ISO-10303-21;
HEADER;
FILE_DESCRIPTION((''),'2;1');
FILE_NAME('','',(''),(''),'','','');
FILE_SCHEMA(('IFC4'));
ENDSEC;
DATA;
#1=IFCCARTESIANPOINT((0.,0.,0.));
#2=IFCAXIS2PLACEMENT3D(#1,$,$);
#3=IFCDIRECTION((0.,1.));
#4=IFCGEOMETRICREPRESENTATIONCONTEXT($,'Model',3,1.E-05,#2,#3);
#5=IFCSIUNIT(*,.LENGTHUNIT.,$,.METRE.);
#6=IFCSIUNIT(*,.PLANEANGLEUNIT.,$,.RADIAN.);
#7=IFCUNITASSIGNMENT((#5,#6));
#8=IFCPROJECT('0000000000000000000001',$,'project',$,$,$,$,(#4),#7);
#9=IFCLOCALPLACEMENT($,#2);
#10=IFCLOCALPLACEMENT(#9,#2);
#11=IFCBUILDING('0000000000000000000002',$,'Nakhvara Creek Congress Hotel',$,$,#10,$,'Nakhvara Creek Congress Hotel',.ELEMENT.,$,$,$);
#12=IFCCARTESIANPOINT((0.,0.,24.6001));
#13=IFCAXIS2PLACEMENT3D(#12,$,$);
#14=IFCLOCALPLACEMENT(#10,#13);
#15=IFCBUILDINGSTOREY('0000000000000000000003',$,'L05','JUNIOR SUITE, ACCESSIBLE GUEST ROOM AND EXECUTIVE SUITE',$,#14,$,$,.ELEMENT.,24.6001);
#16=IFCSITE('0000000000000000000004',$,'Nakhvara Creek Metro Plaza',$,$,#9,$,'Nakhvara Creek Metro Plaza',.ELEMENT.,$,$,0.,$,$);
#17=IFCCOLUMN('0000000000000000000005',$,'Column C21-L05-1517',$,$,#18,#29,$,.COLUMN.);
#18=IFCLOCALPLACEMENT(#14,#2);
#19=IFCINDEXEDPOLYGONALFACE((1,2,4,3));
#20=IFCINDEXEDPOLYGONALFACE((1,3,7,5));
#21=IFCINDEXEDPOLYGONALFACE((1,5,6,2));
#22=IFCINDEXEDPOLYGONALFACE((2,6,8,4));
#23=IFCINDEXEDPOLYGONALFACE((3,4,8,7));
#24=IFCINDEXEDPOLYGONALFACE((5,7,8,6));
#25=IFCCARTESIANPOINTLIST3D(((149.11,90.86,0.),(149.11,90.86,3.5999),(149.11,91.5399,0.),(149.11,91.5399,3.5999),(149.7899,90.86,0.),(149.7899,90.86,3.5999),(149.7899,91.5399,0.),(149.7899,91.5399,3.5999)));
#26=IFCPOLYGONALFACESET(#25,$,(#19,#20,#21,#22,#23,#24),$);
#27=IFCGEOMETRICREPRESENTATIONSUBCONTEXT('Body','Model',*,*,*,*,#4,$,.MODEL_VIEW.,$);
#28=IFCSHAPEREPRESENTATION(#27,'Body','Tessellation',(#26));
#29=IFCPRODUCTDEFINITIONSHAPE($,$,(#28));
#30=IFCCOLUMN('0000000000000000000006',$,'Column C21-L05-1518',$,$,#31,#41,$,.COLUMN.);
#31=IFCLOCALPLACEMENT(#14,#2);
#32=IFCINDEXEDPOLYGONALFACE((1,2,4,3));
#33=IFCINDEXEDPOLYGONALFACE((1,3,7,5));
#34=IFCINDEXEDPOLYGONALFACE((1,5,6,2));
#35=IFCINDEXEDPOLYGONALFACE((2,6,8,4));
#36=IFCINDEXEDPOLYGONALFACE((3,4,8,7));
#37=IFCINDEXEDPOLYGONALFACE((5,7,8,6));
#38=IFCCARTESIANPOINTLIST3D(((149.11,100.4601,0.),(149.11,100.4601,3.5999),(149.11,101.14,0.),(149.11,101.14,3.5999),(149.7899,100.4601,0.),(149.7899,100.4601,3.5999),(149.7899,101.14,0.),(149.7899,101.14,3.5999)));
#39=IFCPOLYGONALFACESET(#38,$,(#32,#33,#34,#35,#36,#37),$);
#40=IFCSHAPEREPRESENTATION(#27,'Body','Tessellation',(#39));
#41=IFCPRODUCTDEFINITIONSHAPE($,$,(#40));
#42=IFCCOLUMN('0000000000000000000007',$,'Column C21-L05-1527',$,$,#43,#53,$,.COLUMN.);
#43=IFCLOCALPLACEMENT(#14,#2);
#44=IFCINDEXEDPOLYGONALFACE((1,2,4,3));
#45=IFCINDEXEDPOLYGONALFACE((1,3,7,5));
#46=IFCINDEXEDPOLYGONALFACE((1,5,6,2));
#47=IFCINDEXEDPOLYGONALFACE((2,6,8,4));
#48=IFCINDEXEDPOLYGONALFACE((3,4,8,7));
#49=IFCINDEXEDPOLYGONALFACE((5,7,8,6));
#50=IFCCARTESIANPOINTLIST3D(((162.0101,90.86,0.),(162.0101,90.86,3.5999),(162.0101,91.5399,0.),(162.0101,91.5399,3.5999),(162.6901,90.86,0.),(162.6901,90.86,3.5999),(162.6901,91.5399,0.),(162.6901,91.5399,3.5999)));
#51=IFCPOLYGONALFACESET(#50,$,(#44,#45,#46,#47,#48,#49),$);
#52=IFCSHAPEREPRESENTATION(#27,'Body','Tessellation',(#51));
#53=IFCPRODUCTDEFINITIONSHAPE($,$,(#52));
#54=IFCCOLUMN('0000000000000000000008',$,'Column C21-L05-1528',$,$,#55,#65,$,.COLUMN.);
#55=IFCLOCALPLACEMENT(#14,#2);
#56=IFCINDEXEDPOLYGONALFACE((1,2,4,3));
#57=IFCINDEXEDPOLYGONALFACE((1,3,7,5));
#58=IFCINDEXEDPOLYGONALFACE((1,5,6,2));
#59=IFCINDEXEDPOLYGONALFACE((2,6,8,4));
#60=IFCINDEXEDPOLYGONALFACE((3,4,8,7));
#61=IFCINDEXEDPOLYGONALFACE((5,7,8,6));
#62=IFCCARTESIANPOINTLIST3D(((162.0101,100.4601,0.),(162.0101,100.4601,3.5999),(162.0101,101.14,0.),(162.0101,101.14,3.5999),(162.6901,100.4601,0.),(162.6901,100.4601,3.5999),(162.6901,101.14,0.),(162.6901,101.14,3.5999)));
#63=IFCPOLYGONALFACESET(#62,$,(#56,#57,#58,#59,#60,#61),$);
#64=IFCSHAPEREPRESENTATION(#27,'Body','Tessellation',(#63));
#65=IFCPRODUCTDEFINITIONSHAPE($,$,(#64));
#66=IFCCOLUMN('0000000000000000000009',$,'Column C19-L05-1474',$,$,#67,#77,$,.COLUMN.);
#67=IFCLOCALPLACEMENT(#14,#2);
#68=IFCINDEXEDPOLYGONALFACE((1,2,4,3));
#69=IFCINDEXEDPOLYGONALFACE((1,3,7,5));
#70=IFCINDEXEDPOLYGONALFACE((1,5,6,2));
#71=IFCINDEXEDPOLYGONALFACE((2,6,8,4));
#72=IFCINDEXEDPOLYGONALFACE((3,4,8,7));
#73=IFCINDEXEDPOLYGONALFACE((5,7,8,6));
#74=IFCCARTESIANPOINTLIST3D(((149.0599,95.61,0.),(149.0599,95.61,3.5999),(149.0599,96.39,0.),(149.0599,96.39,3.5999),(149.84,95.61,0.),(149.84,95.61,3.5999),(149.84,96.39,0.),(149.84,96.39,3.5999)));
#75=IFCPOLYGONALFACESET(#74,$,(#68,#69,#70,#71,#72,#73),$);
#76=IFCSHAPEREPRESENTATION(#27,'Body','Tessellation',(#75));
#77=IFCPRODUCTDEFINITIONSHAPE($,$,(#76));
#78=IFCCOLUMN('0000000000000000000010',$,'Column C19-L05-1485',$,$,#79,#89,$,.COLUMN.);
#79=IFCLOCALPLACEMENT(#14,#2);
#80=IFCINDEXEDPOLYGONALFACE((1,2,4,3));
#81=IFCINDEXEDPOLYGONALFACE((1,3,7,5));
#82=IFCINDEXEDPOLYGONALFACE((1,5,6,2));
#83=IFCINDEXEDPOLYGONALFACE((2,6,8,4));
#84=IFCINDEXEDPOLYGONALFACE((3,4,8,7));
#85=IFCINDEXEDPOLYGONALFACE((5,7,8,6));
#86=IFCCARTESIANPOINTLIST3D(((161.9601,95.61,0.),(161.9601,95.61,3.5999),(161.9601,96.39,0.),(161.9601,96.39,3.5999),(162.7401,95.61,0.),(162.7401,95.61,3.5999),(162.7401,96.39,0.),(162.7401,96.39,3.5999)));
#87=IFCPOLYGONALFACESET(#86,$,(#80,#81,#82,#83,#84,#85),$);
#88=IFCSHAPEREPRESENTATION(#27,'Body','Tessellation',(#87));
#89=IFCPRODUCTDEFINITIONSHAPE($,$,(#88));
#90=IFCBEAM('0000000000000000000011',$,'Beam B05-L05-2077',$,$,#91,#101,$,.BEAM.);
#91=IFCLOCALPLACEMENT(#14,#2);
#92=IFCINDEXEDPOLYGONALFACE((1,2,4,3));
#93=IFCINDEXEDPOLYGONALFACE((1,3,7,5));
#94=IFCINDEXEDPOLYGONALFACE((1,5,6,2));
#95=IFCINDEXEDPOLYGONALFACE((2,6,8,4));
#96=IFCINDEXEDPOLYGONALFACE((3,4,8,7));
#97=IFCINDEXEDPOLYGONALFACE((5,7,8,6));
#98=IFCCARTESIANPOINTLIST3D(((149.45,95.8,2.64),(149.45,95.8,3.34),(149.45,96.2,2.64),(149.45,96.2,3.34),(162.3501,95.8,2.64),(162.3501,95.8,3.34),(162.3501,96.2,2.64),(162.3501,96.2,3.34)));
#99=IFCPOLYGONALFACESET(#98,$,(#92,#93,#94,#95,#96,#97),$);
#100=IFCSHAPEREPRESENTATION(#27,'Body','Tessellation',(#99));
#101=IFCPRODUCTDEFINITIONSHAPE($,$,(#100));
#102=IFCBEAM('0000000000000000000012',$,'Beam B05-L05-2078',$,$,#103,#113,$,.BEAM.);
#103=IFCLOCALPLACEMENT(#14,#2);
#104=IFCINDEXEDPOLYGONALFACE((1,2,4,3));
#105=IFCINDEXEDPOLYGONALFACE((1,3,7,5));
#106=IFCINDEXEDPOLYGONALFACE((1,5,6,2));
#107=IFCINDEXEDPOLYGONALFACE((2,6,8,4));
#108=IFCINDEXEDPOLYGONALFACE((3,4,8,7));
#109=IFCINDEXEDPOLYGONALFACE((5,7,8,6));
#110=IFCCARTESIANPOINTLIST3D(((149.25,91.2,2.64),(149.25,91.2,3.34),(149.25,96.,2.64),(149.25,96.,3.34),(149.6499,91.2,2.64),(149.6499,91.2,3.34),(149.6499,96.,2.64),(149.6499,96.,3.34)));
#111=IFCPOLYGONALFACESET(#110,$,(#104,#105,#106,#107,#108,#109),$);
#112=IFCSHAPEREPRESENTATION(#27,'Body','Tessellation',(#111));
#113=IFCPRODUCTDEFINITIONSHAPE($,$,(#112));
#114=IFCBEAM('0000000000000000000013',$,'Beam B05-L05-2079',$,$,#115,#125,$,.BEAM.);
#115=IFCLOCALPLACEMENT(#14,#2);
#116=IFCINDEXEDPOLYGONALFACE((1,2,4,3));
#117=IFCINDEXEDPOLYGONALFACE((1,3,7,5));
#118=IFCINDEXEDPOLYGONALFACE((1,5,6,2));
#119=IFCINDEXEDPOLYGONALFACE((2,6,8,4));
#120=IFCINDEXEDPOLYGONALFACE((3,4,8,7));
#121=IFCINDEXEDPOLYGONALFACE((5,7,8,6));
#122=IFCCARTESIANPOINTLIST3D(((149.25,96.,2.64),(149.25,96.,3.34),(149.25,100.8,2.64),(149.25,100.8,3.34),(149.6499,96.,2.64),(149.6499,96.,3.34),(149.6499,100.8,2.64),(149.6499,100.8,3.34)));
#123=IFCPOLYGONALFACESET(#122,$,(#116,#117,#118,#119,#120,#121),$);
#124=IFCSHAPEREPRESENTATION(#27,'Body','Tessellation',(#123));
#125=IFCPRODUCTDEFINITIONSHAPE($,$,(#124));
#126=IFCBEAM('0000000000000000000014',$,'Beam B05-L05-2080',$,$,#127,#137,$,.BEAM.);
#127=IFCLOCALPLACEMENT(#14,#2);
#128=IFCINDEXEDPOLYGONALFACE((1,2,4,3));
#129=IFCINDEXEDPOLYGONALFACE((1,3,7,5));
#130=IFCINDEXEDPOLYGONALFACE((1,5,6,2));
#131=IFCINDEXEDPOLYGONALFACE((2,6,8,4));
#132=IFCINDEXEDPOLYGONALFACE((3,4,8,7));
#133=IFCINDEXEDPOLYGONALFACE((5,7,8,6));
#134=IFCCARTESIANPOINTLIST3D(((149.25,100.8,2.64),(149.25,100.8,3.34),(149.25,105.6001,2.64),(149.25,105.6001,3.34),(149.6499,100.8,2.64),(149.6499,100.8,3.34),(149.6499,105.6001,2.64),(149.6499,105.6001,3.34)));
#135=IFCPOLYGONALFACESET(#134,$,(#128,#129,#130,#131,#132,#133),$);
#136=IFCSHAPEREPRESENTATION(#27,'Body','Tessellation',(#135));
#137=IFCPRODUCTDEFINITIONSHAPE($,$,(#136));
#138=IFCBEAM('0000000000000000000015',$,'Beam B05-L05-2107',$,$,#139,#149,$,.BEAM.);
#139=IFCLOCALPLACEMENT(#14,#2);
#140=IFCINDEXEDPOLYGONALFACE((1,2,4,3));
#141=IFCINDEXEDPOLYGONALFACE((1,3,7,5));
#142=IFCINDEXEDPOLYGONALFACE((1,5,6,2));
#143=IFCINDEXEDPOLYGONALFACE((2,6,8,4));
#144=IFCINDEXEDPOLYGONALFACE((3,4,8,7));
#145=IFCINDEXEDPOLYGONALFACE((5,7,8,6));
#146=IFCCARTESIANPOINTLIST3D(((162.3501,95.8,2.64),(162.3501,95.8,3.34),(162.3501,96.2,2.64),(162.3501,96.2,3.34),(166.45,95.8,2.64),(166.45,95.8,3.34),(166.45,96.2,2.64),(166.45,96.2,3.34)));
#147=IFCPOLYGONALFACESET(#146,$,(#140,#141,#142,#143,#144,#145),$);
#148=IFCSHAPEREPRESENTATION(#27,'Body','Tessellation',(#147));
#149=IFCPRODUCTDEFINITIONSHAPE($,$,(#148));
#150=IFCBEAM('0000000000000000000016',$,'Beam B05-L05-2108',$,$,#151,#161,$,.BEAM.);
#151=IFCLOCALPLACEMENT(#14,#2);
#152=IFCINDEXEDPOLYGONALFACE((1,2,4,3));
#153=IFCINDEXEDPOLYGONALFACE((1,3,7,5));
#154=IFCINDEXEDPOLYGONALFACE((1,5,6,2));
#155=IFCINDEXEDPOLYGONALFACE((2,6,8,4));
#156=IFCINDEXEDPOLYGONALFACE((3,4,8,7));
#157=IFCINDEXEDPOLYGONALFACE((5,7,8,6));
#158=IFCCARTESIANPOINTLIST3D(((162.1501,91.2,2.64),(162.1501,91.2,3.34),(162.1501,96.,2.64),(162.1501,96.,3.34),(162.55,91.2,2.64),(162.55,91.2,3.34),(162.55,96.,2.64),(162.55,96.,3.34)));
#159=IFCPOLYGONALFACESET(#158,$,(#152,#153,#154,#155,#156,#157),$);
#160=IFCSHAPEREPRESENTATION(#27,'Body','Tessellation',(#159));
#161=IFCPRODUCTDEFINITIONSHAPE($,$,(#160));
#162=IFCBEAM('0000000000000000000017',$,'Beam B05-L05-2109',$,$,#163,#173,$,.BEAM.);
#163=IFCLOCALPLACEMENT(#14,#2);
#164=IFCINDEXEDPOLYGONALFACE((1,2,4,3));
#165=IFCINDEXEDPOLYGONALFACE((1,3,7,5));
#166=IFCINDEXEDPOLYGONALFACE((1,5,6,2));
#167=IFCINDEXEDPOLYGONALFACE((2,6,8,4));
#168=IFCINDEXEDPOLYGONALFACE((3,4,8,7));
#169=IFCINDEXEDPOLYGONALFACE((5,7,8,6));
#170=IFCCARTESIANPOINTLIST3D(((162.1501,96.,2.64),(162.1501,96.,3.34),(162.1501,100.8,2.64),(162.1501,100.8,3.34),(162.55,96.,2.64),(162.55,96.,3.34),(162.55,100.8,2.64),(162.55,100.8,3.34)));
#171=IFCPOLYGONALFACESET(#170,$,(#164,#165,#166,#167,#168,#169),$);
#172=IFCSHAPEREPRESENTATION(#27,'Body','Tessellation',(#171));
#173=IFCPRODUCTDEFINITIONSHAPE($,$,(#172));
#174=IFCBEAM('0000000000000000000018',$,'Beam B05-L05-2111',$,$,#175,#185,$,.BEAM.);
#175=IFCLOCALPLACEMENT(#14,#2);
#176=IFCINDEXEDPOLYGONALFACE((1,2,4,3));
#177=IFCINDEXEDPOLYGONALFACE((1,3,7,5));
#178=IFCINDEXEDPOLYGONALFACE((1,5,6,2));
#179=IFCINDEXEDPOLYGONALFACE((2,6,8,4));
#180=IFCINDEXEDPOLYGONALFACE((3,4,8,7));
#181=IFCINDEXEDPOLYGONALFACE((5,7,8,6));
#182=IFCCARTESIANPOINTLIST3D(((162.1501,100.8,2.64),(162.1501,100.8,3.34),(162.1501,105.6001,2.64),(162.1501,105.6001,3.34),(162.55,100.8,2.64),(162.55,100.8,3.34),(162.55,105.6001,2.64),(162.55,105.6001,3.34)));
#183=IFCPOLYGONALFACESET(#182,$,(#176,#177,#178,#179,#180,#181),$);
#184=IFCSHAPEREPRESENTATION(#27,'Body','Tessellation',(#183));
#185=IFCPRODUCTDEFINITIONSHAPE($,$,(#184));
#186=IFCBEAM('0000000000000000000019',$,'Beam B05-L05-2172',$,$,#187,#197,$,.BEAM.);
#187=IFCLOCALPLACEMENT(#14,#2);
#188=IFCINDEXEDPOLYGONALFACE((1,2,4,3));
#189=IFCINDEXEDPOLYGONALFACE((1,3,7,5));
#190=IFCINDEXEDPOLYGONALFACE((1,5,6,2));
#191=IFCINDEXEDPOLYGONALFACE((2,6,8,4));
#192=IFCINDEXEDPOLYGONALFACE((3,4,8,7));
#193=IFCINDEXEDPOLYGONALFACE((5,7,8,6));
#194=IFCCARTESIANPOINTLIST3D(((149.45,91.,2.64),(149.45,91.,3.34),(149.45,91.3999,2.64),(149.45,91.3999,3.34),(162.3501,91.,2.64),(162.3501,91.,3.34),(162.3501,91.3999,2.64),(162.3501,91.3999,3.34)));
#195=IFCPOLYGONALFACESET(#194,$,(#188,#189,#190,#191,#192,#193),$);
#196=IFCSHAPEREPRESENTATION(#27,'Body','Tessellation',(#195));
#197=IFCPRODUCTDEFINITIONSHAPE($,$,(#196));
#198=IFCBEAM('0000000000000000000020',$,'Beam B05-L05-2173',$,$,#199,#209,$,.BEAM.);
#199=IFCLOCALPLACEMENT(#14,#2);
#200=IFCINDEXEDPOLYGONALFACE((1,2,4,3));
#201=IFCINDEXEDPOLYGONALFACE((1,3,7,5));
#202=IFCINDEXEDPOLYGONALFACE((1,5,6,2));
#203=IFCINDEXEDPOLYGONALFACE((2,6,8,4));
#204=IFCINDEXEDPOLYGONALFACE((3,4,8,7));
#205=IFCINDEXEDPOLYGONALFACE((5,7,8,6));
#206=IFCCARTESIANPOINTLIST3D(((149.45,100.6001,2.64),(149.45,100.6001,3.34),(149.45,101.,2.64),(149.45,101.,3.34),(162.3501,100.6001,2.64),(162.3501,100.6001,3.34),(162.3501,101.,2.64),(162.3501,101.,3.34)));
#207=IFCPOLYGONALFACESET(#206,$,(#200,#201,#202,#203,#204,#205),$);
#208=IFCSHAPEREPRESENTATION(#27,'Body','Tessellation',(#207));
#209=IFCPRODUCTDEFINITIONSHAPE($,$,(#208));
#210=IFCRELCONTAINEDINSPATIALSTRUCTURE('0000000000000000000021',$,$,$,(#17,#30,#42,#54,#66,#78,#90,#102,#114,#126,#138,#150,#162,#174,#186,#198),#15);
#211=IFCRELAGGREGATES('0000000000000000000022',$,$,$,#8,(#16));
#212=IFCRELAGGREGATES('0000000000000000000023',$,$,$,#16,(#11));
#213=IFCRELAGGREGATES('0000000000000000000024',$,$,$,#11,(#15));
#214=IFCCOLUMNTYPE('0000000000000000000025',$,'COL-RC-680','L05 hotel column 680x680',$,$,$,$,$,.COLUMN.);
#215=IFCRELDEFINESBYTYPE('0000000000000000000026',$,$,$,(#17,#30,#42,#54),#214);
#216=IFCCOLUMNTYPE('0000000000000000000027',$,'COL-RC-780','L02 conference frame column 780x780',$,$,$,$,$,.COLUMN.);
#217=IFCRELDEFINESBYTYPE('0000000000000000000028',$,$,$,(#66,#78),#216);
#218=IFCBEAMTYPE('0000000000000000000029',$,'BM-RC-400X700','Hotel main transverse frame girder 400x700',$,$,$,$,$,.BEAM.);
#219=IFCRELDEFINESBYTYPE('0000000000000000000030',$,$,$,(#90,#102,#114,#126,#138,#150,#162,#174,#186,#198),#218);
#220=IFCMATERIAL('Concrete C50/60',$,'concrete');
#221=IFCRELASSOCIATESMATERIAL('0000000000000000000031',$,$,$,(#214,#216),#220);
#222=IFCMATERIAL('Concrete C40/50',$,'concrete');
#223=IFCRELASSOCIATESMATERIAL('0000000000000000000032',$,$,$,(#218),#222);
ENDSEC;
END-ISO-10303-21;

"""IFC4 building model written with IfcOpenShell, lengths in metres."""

from ifc_helpers import new_model, si_unit, direction, frame, origin, origin_2d, place, context, subcontext, project, spatial, rectangle, extrude, material, material_profile, profile_set, type_object, element, save


model = new_model("IFC4")

# Units and contexts
model_context = context("Model", 3, precision=1e-05, world=origin(), true_north=direction((0.0, 1.0)))
body_context = subcontext(model_context, "Body", "Model", "MODEL_VIEW")
ifc_project = project(units=[si_unit("LENGTHUNIT", "METRE"), si_unit("PLANEANGLEUNIT", "RADIAN")], contexts=[model_context])

# Site, building, storey
site_placement = place(None, origin())
site = spatial("IfcSite", under=ifc_project, at=site_placement, Name="Nakhvara Creek Metro Plaza", LongName="Nakhvara Creek Metro Plaza", CompositionType="ELEMENT", RefElevation=0.0)
building_placement = place(site_placement, origin())
building = spatial("IfcBuilding", under=site, at=building_placement, Name="Nakhvara Creek Congress Hotel", LongName="Nakhvara Creek Congress Hotel", CompositionType="ELEMENT")
storey_placement = place(building_placement, frame((0.0, 0.0, 24.6001)))
storey = spatial("IfcBuildingStorey", under=building, at=storey_placement, Name="L05", Description="JUNIOR SUITE, ACCESSIBLE GUEST ROOM AND EXECUTIVE SUITE", CompositionType="ELEMENT", Elevation=24.6001)

# Columns
ifc_material_1 = material(Name="Concrete C50/60", Category="concrete")
ifc_material_profile_1 = material_profile(ifc_material_1, rectangle(XDim=0.6799, YDim=0.6799, at=origin_2d()), Name="RC-COL 680x680", Category="LoadBearing")
ifc_profile_set_1 = profile_set([ifc_material_profile_1], Name="Concrete C50/60")
column_type_1 = type_object("IfcColumnType", Name="COL-RC-680", Description="L05 hotel column 680x680", PredefinedType="COLUMN", material=ifc_profile_set_1)
for number, where, z_axis, x_axis, name in (
    (1, (149.45, 91.2, 0.0), (0.0, 0.0, 1.0), (1.0, 0.0, 0.0), "Column C21-L05-1517"),
    (2, (149.45, 100.8, 0.0), (0.0, 0.0, 1.0), (1.0, 0.0, 0.0), "Column C21-L05-1518"),
    (3, (162.3501, 91.2, 0.0), (0.0, 0.0, 1.0), (1.0, 0.0, 0.0), "Column C21-L05-1527"),
    (4, (162.3501, 100.8, 0.0), (0.0, 0.0, 1.0), (1.0, 0.0, 0.0), "Column C21-L05-1528"),
):
    element("IfcColumn", number, at=place(storey_placement, frame(where, z_axis=z_axis, x_axis=x_axis)), inside=storey, type_object=column_type_1, Name=name, PredefinedType="COLUMN", context=body_context, shape_type="SweptSolid", body=[
        extrude(rectangle(XDim=0.6799, YDim=0.6799, at=origin_2d()), origin(), (0.0, 0.0, 1.0), 3.5999),
    ])
ifc_material_profile_2 = material_profile(ifc_material_1, rectangle(XDim=0.78, YDim=0.78, at=origin_2d()), Name="RC-COL 780x780", Category="LoadBearing")
ifc_profile_set_2 = profile_set([ifc_material_profile_2], Name="Concrete C50/60")
column_type_2 = type_object("IfcColumnType", Name="COL-RC-780", Description="L02 conference frame column 780x780", PredefinedType="COLUMN", material=ifc_profile_set_2)
for number, where, z_axis, x_axis, name in (
    (5, (149.45, 96.0, 0.0), (0.0, 0.0, 1.0), (1.0, 0.0, 0.0), "Column C19-L05-1474"),
    (6, (162.3501, 96.0, 0.0), (0.0, 0.0, 1.0), (1.0, 0.0, 0.0), "Column C19-L05-1485"),
):
    element("IfcColumn", number, at=place(storey_placement, frame(where, z_axis=z_axis, x_axis=x_axis)), inside=storey, type_object=column_type_2, Name=name, PredefinedType="COLUMN", context=body_context, shape_type="SweptSolid", body=[
        extrude(rectangle(XDim=0.78, YDim=0.78, at=origin_2d()), origin(), (0.0, 0.0, 1.0), 3.5999),
    ])

# Beams
ifc_material_2 = material(Name="Concrete C40/50", Category="concrete")
ifc_material_profile_3 = material_profile(ifc_material_2, rectangle(XDim=0.3999, YDim=0.7, at=origin_2d()), Name="RC-BM 400x700", Category="LoadBearing")
ifc_profile_set_3 = profile_set([ifc_material_profile_3], Name="Concrete C40/50")
beam_type = type_object("IfcBeamType", Name="BM-RC-400X700", Description="Hotel main transverse frame girder 400x700", PredefinedType="BEAM", material=ifc_profile_set_3)
beam_1_placement = place(storey_placement, frame((149.45, 96.0, 2.99), z_axis=(1.0, 0.0, 0.0), x_axis=(0.0, 1.0, 0.0)))
element("IfcBeam", 7, at=beam_1_placement, inside=storey, type_object=beam_type, Name="Beam B05-L05-2077", PredefinedType="BEAM", context=body_context, shape_type="SweptSolid", body=[
    extrude(rectangle(XDim=0.3999, YDim=0.7, at=origin_2d()), origin(), (0.0, 0.0, 1.0), 12.9001),
])
for number, where, z_axis, x_axis, name in (
    (8, (149.45, 91.2, 2.99), (0.0, 1.0, 0.0), (-1.0, 0.0, 0.0), "Beam B05-L05-2078"),
    (9, (149.45, 96.0, 2.99), (0.0, 1.0, 0.0), (-1.0, 0.0, 0.0), "Beam B05-L05-2079"),
    (10, (149.45, 100.8, 2.99), (0.0, 1.0, 0.0), (-1.0, 0.0, 0.0), "Beam B05-L05-2080"),
):
    element("IfcBeam", number, at=place(storey_placement, frame(where, z_axis=z_axis, x_axis=x_axis)), inside=storey, type_object=beam_type, Name=name, PredefinedType="BEAM", context=body_context, shape_type="SweptSolid", body=[
        extrude(rectangle(XDim=0.3999, YDim=0.7, at=origin_2d()), origin(), (0.0, 0.0, 1.0), 4.8),
    ])
beam_2_placement = place(storey_placement, frame((162.3501, 96.0, 2.99), z_axis=(1.0, 0.0, 0.0), x_axis=(0.0, 1.0, 0.0)))
element("IfcBeam", 11, at=beam_2_placement, inside=storey, type_object=beam_type, Name="Beam B05-L05-2107", PredefinedType="BEAM", context=body_context, shape_type="SweptSolid", body=[
    extrude(rectangle(XDim=0.3999, YDim=0.7, at=origin_2d()), origin(), (0.0, 0.0, 1.0), 4.0999),
])
for number, where, z_axis, x_axis, name in (
    (12, (162.3501, 91.2, 2.99), (0.0, 1.0, 0.0), (-1.0, 0.0, 0.0), "Beam B05-L05-2108"),
    (13, (162.3501, 96.0, 2.99), (0.0, 1.0, 0.0), (-1.0, 0.0, 0.0), "Beam B05-L05-2109"),
    (14, (162.3501, 100.8, 2.99), (0.0, 1.0, 0.0), (-1.0, 0.0, 0.0), "Beam B05-L05-2111"),
):
    element("IfcBeam", number, at=place(storey_placement, frame(where, z_axis=z_axis, x_axis=x_axis)), inside=storey, type_object=beam_type, Name=name, PredefinedType="BEAM", context=body_context, shape_type="SweptSolid", body=[
        extrude(rectangle(XDim=0.3999, YDim=0.7, at=origin_2d()), origin(), (0.0, 0.0, 1.0), 4.8),
    ])
for number, where, z_axis, x_axis, name in (
    (15, (149.45, 91.2, 2.99), (1.0, 0.0, 0.0), (0.0, 1.0, 0.0), "Beam B05-L05-2172"),
    (16, (149.45, 100.8, 2.99), (1.0, 0.0, 0.0), (0.0, 1.0, 0.0), "Beam B05-L05-2173"),
):
    element("IfcBeam", number, at=place(storey_placement, frame(where, z_axis=z_axis, x_axis=x_axis)), inside=storey, type_object=beam_type, Name=name, PredefinedType="BEAM", context=body_context, shape_type="SweptSolid", body=[
        extrude(rectangle(XDim=0.3999, YDim=0.7, at=origin_2d()), origin(), (0.0, 0.0, 1.0), 12.9001),
    ])

save(model, "model.ifc")
